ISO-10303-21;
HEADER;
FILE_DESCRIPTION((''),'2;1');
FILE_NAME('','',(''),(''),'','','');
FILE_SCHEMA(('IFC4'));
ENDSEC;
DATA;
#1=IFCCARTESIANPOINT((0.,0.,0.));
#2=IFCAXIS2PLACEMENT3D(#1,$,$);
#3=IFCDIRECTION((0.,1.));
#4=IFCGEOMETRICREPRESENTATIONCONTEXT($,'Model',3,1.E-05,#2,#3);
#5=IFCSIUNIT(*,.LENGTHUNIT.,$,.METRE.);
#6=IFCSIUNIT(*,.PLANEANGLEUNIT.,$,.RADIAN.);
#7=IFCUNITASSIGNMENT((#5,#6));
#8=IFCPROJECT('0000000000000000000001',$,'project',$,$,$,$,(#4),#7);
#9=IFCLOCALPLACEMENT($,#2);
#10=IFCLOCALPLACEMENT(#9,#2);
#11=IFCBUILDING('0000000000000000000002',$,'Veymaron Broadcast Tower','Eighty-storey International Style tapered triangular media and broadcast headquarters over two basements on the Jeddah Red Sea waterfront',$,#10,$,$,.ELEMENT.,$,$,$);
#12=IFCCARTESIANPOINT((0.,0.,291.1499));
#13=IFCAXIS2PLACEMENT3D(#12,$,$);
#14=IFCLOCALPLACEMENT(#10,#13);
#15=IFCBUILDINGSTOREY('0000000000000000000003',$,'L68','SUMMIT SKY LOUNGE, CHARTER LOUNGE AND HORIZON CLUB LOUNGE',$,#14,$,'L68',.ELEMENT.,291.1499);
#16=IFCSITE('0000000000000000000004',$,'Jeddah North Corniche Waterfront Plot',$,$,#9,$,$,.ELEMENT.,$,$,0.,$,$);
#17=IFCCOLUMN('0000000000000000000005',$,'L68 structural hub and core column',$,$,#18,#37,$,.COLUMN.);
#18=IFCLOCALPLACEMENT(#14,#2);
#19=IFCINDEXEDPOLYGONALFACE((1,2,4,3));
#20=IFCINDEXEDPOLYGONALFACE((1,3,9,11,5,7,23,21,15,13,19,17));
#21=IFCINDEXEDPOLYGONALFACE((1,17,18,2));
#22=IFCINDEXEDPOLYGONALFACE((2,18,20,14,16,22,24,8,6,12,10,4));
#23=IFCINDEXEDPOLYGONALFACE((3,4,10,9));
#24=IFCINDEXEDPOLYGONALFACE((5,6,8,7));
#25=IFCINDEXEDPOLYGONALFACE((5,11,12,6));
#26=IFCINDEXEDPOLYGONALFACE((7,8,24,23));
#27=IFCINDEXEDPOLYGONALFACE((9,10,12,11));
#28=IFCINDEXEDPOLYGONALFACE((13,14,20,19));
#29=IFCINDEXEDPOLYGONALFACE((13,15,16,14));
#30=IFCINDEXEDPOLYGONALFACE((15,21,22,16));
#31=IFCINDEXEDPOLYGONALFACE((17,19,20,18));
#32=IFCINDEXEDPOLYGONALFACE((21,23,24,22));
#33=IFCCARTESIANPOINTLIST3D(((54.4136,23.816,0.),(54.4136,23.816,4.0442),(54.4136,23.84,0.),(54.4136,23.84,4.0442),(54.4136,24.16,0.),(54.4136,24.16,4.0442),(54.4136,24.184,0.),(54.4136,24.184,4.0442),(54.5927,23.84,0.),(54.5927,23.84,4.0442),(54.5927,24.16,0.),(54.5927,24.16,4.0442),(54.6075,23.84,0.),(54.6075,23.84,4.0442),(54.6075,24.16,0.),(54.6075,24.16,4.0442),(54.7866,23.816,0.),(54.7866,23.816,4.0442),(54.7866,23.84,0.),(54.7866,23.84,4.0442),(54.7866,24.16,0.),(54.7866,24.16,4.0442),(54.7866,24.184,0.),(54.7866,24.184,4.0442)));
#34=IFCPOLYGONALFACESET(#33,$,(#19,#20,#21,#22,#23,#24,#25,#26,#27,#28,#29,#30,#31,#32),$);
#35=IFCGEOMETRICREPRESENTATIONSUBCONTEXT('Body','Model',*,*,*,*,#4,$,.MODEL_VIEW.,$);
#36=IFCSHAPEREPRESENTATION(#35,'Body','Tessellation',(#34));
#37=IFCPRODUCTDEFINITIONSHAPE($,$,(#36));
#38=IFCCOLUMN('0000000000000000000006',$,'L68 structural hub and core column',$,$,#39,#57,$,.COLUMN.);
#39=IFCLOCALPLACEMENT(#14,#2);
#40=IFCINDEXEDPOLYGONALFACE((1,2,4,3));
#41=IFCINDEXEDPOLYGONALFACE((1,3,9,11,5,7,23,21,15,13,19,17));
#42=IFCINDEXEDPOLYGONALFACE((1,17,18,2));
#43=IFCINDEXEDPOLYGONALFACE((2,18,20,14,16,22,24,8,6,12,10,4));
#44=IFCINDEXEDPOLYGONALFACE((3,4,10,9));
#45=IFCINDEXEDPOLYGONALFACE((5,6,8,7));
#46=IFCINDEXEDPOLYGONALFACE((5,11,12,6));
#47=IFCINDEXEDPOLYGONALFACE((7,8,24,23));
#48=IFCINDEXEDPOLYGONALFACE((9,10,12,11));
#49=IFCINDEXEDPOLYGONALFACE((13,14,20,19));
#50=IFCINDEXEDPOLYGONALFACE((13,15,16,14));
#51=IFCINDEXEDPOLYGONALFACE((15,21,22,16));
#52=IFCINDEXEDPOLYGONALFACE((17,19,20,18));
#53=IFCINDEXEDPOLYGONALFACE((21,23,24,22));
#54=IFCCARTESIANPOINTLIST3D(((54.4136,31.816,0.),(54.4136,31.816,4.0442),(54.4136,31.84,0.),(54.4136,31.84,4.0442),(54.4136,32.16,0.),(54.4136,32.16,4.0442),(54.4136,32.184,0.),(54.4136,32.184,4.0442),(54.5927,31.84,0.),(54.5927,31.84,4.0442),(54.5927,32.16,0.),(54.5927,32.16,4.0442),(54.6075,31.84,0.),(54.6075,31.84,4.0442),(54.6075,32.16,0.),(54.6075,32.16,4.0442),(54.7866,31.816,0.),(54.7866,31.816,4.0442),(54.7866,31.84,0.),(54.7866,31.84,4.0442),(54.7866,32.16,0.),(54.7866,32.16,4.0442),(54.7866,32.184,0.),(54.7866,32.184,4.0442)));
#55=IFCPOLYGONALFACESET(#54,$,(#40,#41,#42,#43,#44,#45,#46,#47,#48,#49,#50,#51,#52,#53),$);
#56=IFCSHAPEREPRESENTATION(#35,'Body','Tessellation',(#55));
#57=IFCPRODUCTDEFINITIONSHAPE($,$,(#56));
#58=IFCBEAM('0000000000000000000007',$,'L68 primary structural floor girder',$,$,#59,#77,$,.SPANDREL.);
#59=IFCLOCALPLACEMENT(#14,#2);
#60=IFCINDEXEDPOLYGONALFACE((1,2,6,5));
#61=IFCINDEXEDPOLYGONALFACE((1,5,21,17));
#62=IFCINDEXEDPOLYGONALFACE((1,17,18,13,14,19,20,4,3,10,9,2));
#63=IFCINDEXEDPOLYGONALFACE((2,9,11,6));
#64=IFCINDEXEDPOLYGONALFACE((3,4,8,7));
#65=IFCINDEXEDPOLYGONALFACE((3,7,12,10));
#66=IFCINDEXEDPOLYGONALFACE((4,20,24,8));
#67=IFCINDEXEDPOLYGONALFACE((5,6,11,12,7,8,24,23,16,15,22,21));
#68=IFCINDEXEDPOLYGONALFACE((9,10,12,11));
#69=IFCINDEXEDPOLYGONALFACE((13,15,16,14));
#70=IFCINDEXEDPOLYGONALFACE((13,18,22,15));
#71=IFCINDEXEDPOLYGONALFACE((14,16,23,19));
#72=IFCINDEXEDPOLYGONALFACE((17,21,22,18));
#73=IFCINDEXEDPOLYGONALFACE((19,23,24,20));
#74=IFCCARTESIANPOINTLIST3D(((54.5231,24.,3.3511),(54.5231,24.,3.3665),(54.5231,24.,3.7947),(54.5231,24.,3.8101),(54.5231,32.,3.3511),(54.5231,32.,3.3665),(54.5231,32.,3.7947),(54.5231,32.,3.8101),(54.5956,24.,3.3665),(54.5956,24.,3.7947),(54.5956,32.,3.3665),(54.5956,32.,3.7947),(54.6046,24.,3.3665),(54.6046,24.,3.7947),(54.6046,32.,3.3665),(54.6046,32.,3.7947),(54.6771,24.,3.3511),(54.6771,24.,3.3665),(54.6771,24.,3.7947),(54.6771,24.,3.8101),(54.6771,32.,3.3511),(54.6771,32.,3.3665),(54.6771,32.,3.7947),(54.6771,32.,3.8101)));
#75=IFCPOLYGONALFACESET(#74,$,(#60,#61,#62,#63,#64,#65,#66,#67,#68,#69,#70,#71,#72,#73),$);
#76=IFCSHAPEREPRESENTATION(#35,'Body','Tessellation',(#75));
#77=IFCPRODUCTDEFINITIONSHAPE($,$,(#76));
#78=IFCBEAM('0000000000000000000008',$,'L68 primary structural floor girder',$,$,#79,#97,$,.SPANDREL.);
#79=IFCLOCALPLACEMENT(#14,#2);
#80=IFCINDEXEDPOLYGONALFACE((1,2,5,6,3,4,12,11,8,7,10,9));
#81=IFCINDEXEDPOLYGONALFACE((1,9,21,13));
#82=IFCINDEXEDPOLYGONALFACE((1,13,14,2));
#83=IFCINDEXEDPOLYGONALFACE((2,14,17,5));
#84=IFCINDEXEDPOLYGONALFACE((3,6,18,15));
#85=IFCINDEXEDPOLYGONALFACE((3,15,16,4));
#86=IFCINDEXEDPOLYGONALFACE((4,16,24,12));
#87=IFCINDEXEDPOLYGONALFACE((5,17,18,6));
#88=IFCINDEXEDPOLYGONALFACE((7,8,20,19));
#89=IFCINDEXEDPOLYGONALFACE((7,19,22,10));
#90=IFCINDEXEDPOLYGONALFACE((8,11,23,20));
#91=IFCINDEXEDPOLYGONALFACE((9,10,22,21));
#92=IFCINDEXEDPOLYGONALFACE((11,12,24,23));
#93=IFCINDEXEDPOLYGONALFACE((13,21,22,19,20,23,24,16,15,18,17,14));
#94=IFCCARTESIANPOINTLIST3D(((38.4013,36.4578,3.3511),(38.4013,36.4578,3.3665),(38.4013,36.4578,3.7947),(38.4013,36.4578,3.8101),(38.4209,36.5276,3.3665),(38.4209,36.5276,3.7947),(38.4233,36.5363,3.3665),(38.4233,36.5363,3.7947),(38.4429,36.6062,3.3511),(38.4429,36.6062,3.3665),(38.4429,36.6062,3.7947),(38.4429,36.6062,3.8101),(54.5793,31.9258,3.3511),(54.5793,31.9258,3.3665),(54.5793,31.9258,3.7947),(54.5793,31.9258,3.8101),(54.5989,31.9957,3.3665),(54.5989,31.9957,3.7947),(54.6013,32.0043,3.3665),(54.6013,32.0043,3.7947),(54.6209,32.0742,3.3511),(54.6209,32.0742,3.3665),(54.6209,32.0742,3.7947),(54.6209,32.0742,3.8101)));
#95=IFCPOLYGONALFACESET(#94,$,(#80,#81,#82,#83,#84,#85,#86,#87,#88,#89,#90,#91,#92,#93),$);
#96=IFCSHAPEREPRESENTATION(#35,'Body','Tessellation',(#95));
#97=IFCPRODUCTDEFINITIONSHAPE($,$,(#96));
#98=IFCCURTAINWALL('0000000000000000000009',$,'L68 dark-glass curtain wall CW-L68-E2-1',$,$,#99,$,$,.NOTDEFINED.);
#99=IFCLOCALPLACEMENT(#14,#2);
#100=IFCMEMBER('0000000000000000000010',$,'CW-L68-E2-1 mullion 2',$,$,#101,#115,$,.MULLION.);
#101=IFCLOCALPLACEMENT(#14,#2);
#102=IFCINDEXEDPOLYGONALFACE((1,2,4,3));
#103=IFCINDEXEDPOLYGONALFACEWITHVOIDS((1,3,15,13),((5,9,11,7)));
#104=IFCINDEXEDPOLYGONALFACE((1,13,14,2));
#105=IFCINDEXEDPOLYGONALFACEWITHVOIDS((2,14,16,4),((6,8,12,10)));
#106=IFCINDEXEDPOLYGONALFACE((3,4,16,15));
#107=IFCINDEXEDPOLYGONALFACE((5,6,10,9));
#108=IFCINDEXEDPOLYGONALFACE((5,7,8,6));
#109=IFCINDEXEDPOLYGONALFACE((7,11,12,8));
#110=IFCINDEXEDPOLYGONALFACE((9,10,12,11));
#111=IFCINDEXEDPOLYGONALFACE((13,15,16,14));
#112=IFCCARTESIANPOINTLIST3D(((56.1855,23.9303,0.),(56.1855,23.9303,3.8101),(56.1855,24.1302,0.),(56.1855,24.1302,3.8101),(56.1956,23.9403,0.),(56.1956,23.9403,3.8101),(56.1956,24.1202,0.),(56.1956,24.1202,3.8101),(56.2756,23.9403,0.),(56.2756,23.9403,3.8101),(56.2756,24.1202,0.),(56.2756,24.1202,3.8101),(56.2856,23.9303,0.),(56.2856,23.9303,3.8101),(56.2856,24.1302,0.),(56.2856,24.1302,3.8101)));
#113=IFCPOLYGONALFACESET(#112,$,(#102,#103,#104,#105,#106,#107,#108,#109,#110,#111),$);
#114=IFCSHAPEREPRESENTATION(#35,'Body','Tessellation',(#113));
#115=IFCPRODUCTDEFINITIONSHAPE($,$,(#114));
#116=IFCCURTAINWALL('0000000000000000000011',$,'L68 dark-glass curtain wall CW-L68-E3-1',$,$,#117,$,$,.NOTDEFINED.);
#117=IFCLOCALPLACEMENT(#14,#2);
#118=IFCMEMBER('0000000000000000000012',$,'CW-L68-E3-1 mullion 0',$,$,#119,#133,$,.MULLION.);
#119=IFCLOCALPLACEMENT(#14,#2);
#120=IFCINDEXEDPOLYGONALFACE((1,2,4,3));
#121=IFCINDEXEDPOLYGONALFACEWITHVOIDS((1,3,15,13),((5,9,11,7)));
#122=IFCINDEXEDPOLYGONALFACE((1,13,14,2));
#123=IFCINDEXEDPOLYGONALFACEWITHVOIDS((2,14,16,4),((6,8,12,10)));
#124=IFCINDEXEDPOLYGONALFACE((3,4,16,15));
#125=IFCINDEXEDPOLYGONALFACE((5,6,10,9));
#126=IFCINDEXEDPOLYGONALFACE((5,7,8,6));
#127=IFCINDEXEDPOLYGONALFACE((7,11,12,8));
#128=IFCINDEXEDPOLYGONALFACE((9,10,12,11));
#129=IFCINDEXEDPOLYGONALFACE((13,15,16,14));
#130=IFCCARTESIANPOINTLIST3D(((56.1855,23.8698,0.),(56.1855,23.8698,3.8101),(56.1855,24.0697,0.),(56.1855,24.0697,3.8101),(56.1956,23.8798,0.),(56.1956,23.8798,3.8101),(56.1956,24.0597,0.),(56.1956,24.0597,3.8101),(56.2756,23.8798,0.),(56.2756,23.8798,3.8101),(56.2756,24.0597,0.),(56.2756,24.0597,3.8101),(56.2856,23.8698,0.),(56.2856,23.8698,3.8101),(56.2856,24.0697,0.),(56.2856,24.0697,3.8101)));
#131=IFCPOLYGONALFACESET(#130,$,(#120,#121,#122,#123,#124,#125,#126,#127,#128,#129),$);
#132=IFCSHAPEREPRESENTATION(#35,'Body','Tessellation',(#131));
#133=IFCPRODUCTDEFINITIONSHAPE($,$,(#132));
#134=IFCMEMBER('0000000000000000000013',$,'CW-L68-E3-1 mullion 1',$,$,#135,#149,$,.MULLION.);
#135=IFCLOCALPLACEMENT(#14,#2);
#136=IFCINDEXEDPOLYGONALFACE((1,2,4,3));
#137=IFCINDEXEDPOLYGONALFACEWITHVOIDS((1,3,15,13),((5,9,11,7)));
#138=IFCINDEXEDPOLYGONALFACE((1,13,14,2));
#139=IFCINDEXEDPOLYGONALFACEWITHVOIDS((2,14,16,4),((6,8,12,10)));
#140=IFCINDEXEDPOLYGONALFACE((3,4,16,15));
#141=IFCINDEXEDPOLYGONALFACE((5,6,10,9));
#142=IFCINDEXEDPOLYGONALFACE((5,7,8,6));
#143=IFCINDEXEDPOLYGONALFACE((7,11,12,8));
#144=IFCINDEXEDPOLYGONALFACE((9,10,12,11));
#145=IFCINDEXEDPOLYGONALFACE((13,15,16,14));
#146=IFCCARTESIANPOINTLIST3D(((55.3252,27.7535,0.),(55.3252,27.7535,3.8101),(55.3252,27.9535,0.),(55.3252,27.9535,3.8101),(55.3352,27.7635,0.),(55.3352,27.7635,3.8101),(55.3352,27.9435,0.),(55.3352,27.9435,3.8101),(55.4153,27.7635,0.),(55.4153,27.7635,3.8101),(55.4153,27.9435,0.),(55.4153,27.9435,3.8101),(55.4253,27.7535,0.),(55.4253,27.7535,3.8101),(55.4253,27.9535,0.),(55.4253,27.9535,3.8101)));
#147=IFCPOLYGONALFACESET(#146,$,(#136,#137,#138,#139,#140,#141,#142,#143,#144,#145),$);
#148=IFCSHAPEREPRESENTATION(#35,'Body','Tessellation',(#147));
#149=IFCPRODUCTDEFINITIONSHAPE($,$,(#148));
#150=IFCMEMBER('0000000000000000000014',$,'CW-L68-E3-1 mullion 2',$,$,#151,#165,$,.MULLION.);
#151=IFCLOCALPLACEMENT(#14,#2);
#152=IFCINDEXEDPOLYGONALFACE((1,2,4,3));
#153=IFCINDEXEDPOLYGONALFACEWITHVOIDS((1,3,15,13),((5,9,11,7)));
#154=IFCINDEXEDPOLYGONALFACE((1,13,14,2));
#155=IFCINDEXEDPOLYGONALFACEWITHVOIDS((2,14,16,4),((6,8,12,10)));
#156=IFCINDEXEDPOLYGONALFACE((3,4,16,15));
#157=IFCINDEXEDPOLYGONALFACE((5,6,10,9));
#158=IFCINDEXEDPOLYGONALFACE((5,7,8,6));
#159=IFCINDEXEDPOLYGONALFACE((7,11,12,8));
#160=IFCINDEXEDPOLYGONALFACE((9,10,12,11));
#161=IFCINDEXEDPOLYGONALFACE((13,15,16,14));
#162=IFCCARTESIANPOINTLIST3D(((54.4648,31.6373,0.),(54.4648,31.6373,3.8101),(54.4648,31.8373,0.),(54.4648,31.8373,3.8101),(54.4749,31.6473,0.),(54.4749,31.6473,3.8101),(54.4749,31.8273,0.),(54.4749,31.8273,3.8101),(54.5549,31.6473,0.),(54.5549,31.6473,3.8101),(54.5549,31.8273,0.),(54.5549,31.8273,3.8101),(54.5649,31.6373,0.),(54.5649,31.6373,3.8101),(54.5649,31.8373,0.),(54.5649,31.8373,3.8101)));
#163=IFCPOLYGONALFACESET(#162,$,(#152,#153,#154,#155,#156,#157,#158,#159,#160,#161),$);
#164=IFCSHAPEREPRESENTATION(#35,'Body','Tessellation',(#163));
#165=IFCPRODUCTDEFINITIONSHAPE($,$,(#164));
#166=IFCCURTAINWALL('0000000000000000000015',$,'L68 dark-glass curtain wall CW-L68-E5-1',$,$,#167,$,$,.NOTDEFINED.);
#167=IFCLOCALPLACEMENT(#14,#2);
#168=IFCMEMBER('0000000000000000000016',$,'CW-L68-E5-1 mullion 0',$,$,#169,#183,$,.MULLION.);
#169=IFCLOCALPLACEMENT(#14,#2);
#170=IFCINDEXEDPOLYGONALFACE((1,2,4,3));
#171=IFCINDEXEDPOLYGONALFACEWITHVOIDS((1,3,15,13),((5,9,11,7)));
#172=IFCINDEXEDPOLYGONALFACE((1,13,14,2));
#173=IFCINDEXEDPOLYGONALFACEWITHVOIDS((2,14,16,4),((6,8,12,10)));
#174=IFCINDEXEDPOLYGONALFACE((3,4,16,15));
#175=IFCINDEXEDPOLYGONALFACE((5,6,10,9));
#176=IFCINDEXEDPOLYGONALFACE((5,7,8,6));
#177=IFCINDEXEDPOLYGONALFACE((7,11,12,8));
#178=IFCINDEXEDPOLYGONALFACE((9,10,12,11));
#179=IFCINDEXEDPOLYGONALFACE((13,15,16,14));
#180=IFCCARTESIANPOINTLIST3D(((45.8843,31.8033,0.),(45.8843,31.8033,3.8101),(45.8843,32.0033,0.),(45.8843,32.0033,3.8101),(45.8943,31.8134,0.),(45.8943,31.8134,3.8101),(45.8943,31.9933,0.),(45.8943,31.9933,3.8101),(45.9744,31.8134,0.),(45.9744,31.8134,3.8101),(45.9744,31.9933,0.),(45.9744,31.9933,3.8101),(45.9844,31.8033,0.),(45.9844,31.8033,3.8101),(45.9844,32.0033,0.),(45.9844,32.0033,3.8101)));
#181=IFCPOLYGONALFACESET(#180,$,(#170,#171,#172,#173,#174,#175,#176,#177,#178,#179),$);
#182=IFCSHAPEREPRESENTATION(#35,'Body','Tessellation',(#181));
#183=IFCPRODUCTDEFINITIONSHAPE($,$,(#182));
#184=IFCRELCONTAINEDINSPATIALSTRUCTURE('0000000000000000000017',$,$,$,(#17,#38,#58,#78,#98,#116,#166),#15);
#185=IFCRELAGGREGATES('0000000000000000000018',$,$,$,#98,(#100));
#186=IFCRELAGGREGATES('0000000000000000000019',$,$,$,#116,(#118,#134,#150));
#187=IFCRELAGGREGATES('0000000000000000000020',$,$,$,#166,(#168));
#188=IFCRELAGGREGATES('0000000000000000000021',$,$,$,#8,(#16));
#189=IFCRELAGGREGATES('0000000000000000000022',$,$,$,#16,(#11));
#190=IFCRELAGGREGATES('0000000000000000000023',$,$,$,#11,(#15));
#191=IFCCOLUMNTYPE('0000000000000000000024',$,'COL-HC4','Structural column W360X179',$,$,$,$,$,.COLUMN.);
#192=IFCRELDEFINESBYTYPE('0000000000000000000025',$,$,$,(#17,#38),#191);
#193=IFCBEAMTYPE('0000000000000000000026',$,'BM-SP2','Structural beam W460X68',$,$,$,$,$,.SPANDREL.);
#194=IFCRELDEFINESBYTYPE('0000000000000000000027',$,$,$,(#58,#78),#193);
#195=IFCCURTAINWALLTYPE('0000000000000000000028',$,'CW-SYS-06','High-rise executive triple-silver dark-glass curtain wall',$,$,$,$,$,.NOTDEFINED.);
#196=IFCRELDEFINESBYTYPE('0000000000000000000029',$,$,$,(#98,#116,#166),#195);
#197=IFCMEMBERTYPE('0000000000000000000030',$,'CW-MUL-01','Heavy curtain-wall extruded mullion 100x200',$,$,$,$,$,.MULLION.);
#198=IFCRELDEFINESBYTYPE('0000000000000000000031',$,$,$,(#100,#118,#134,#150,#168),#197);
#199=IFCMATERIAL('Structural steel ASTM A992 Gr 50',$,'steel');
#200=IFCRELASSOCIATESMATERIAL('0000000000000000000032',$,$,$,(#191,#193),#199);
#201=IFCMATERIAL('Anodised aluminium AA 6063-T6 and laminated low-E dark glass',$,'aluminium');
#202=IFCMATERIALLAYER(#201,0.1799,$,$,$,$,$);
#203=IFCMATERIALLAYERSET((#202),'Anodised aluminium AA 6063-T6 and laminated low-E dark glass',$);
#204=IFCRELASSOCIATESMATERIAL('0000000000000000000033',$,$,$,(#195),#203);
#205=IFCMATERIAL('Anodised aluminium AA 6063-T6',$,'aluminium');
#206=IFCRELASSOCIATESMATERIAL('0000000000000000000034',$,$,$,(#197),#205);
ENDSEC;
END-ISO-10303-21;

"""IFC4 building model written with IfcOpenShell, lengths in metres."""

from ifc_helpers import new_model, si_unit, direction, frame, origin, origin_2d, place, context, subcontext, project, spatial, hollow_rectangle, i_section, extrude, material, layer, layer_set, material_profile, profile_set, type_object, element, aggregate, save


model = new_model("IFC4")

# Units and contexts
model_context = context("Model", 3, precision=1e-05, world=origin(), true_north=direction((0.0, 1.0)))
body_context = subcontext(model_context, "Body", "Model", "MODEL_VIEW")
ifc_project = project(units=[si_unit("LENGTHUNIT", "METRE"), si_unit("PLANEANGLEUNIT", "RADIAN")], contexts=[model_context])

# Site, building, storey
site_placement = place(None, origin())
site = spatial("IfcSite", under=ifc_project, at=site_placement, Name="Jeddah North Corniche Waterfront Plot", CompositionType="ELEMENT", RefElevation=0.0)
building_placement = place(site_placement, origin())
building = spatial("IfcBuilding", under=site, at=building_placement, Name="Veymaron Broadcast Tower", Description="Eighty-storey International Style tapered triangular media and broadcast headquarters over two basements on the Jeddah Red Sea waterfront", CompositionType="ELEMENT")
storey_placement = place(building_placement, frame((0.0, 0.0, 291.1499)))
storey = spatial("IfcBuildingStorey", under=building, at=storey_placement, Name="L68", Description="SUMMIT SKY LOUNGE, CHARTER LOUNGE AND HORIZON CLUB LOUNGE", LongName="L68", CompositionType="ELEMENT", Elevation=291.1499)

# Columns
ifc_material_1 = material(Name="Structural steel ASTM A992 Gr 50", Category="steel")
ifc_material_profile_1 = material_profile(ifc_material_1, i_section(OverallWidth=0.373, OverallDepth=0.3679, WebThickness=0.0149, FlangeThickness=0.0239, at=origin_2d()), Name="W360X179")
ifc_profile_set_1 = profile_set([ifc_material_profile_1], Name="Structural steel ASTM A992 Gr 50")
column_type = type_object("IfcColumnType", Name="COL-HC4", Description="Structural column W360X179", PredefinedType="COLUMN", material=ifc_profile_set_1)
for number, where, z_axis, x_axis, name in (
    (1, (54.6001, 24.0, 0.0), (0.0, 0.0, 1.0), (1.0, 0.0, 0.0), "L68 structural hub and core column"),
    (2, (54.6001, 32.0, 0.0), (0.0, 0.0, 1.0), (1.0, 0.0, 0.0), "L68 structural hub and core column"),
):
    element("IfcColumn", number, at=place(storey_placement, frame(where, z_axis=z_axis, x_axis=x_axis)), inside=storey, type_object=column_type, Name=name, PredefinedType="COLUMN", context=body_context, shape_type="SweptSolid", body=[
        extrude(i_section(OverallWidth=0.373, OverallDepth=0.3679, WebThickness=0.0149, FlangeThickness=0.0239, at=origin_2d()), origin(), (0.0, 0.0, 1.0), 4.0442),
    ])

# Beams
ifc_material_profile_2 = material_profile(ifc_material_1, i_section(OverallWidth=0.1541, OverallDepth=0.459, WebThickness=0.009, FlangeThickness=0.0154, at=origin_2d()), Name="W460X68")
ifc_profile_set_2 = profile_set([ifc_material_profile_2], Name="Structural steel ASTM A992 Gr 50")
beam_type = type_object("IfcBeamType", Name="BM-SP2", Description="Structural beam W460X68", PredefinedType="SPANDREL", material=ifc_profile_set_2)
beam_1_placement = place(storey_placement, frame((54.6001, 24.0, 3.5806), z_axis=(0.0, 1.0, 0.0), x_axis=(-1.0, 0.0, 0.0)))
element("IfcBeam", 3, at=beam_1_placement, inside=storey, type_object=beam_type, Name="L68 primary structural floor girder", PredefinedType="SPANDREL", context=body_context, shape_type="SweptSolid", body=[
    extrude(i_section(OverallWidth=0.1541, OverallDepth=0.459, WebThickness=0.009, FlangeThickness=0.0154, at=origin_2d()), origin(), (0.0, 0.0, 1.0), 8.0),
])
beam_2_placement = place(storey_placement, frame((54.6001, 32.0, 3.5806), z_axis=(-0.962931, 0.269749, 0.0), x_axis=(-0.269749, -0.962931, 0.0)))
element("IfcBeam", 4, at=beam_2_placement, inside=storey, type_object=beam_type, Name="L68 primary structural floor girder", PredefinedType="SPANDREL", context=body_context, shape_type="SweptSolid", body=[
    extrude(i_section(OverallWidth=0.1541, OverallDepth=0.459, WebThickness=0.009, FlangeThickness=0.0154, at=origin_2d()), origin(), (0.0, 0.0, 1.0), 16.8008),
])

# Curtain wall, member
ifc_material_2 = material(Name="Anodised aluminium AA 6063-T6 and laminated low-E dark glass", Category="aluminium")
ifc_layer_1 = layer(ifc_material_2, 0.1799)
ifc_layer_set_1 = layer_set([ifc_layer_1], Name="Anodised aluminium AA 6063-T6 and laminated low-E dark glass")
curtain_wall_type = type_object("IfcCurtainWallType", Name="CW-SYS-06", Description="High-rise executive triple-silver dark-glass curtain wall", PredefinedType="NOTDEFINED", material=ifc_layer_set_1)
curtain_wall_1_placement = place(storey_placement, origin())
curtain_wall_1 = element("IfcCurtainWall", 5, at=curtain_wall_1_placement, inside=storey, type_object=curtain_wall_type, Name="L68 dark-glass curtain wall CW-L68-E2-1", PredefinedType="NOTDEFINED")
ifc_material_3 = material(Name="Anodised aluminium AA 6063-T6", Category="aluminium")
ifc_material_profile_3 = material_profile(ifc_material_3, hollow_rectangle(XDim=0.1001, YDim=0.2, WallThickness=0.01, at=origin_2d()), Name="RHS200X100X10")
ifc_profile_set_3 = profile_set([ifc_material_profile_3], Name="Anodised aluminium AA 6063-T6")
member_type_1 = type_object("IfcMemberType", Name="CW-MUL-01", Description="Heavy curtain-wall extruded mullion 100x200", PredefinedType="MULLION", material=ifc_profile_set_3)
member_1_placement = place(storey_placement, frame((56.2356, 24.0303, 0.0), z_axis=(0.0, 0.0, 1.0), x_axis=(1.0, 0.0, 0.0)))
member_1 = element("IfcMember", 6, at=member_1_placement, type_object=member_type_1, Name="CW-L68-E2-1 mullion 2", PredefinedType="MULLION", context=body_context, shape_type="SweptSolid", body=[
    extrude(hollow_rectangle(XDim=0.1001, YDim=0.2, WallThickness=0.01, at=origin_2d()), origin(), (0.0, 0.0, 1.0), 3.8101),
])
aggregate(curtain_wall_1, [member_1])

# Curtain wall, members
curtain_wall_2_placement = place(storey_placement, origin())
curtain_wall_2 = element("IfcCurtainWall", 7, at=curtain_wall_2_placement, inside=storey, type_object=curtain_wall_type, Name="L68 dark-glass curtain wall CW-L68-E3-1", PredefinedType="NOTDEFINED")
member_2_placement = place(storey_placement, frame((56.2356, 23.9697, 0.0), z_axis=(0.0, 0.0, 1.0), x_axis=(1.0, 0.0, 0.0)))
member_2 = element("IfcMember", 8, at=member_2_placement, type_object=member_type_1, Name="CW-L68-E3-1 mullion 0", PredefinedType="MULLION", context=body_context, shape_type="SweptSolid", body=[
    extrude(hollow_rectangle(XDim=0.1001, YDim=0.2, WallThickness=0.01, at=origin_2d()), origin(), (0.0, 0.0, 1.0), 3.8101),
])
member_3_placement = place(storey_placement, frame((55.3752, 27.8535, 0.0), z_axis=(0.0, 0.0, 1.0), x_axis=(1.0, 0.0, 0.0)))
member_3 = element("IfcMember", 9, at=member_3_placement, type_object=member_type_1, Name="CW-L68-E3-1 mullion 1", PredefinedType="MULLION", context=body_context, shape_type="SweptSolid", body=[
    extrude(hollow_rectangle(XDim=0.1001, YDim=0.2, WallThickness=0.01, at=origin_2d()), origin(), (0.0, 0.0, 1.0), 3.8101),
])
member_4_placement = place(storey_placement, frame((54.5149, 31.7373, 0.0), z_axis=(0.0, 0.0, 1.0), x_axis=(1.0, 0.0, 0.0)))
member_4 = element("IfcMember", 10, at=member_4_placement, type_object=member_type_1, Name="CW-L68-E3-1 mullion 2", PredefinedType="MULLION", context=body_context, shape_type="SweptSolid", body=[
    extrude(hollow_rectangle(XDim=0.1001, YDim=0.2, WallThickness=0.01, at=origin_2d()), origin(), (0.0, 0.0, 1.0), 3.8101),
])

# Curtain wall, member
curtain_wall_3_placement = place(storey_placement, origin())
curtain_wall_3 = element("IfcCurtainWall", 11, at=curtain_wall_3_placement, inside=storey, type_object=curtain_wall_type, Name="L68 dark-glass curtain wall CW-L68-E5-1", PredefinedType="NOTDEFINED")
member_5_placement = place(storey_placement, frame((45.9343, 31.9033, 0.0), z_axis=(0.0, 0.0, 1.0), x_axis=(1.0, 0.0, 0.0)))
member_5 = element("IfcMember", 12, at=member_5_placement, type_object=member_type_1, Name="CW-L68-E5-1 mullion 0", PredefinedType="MULLION", context=body_context, shape_type="SweptSolid", body=[
    extrude(hollow_rectangle(XDim=0.1001, YDim=0.2, WallThickness=0.01, at=origin_2d()), origin(), (0.0, 0.0, 1.0), 3.8101),
])

aggregate(curtain_wall_2, [member_2, member_3, member_4])
aggregate(curtain_wall_3, [member_5])

save(model, "model.ifc")
